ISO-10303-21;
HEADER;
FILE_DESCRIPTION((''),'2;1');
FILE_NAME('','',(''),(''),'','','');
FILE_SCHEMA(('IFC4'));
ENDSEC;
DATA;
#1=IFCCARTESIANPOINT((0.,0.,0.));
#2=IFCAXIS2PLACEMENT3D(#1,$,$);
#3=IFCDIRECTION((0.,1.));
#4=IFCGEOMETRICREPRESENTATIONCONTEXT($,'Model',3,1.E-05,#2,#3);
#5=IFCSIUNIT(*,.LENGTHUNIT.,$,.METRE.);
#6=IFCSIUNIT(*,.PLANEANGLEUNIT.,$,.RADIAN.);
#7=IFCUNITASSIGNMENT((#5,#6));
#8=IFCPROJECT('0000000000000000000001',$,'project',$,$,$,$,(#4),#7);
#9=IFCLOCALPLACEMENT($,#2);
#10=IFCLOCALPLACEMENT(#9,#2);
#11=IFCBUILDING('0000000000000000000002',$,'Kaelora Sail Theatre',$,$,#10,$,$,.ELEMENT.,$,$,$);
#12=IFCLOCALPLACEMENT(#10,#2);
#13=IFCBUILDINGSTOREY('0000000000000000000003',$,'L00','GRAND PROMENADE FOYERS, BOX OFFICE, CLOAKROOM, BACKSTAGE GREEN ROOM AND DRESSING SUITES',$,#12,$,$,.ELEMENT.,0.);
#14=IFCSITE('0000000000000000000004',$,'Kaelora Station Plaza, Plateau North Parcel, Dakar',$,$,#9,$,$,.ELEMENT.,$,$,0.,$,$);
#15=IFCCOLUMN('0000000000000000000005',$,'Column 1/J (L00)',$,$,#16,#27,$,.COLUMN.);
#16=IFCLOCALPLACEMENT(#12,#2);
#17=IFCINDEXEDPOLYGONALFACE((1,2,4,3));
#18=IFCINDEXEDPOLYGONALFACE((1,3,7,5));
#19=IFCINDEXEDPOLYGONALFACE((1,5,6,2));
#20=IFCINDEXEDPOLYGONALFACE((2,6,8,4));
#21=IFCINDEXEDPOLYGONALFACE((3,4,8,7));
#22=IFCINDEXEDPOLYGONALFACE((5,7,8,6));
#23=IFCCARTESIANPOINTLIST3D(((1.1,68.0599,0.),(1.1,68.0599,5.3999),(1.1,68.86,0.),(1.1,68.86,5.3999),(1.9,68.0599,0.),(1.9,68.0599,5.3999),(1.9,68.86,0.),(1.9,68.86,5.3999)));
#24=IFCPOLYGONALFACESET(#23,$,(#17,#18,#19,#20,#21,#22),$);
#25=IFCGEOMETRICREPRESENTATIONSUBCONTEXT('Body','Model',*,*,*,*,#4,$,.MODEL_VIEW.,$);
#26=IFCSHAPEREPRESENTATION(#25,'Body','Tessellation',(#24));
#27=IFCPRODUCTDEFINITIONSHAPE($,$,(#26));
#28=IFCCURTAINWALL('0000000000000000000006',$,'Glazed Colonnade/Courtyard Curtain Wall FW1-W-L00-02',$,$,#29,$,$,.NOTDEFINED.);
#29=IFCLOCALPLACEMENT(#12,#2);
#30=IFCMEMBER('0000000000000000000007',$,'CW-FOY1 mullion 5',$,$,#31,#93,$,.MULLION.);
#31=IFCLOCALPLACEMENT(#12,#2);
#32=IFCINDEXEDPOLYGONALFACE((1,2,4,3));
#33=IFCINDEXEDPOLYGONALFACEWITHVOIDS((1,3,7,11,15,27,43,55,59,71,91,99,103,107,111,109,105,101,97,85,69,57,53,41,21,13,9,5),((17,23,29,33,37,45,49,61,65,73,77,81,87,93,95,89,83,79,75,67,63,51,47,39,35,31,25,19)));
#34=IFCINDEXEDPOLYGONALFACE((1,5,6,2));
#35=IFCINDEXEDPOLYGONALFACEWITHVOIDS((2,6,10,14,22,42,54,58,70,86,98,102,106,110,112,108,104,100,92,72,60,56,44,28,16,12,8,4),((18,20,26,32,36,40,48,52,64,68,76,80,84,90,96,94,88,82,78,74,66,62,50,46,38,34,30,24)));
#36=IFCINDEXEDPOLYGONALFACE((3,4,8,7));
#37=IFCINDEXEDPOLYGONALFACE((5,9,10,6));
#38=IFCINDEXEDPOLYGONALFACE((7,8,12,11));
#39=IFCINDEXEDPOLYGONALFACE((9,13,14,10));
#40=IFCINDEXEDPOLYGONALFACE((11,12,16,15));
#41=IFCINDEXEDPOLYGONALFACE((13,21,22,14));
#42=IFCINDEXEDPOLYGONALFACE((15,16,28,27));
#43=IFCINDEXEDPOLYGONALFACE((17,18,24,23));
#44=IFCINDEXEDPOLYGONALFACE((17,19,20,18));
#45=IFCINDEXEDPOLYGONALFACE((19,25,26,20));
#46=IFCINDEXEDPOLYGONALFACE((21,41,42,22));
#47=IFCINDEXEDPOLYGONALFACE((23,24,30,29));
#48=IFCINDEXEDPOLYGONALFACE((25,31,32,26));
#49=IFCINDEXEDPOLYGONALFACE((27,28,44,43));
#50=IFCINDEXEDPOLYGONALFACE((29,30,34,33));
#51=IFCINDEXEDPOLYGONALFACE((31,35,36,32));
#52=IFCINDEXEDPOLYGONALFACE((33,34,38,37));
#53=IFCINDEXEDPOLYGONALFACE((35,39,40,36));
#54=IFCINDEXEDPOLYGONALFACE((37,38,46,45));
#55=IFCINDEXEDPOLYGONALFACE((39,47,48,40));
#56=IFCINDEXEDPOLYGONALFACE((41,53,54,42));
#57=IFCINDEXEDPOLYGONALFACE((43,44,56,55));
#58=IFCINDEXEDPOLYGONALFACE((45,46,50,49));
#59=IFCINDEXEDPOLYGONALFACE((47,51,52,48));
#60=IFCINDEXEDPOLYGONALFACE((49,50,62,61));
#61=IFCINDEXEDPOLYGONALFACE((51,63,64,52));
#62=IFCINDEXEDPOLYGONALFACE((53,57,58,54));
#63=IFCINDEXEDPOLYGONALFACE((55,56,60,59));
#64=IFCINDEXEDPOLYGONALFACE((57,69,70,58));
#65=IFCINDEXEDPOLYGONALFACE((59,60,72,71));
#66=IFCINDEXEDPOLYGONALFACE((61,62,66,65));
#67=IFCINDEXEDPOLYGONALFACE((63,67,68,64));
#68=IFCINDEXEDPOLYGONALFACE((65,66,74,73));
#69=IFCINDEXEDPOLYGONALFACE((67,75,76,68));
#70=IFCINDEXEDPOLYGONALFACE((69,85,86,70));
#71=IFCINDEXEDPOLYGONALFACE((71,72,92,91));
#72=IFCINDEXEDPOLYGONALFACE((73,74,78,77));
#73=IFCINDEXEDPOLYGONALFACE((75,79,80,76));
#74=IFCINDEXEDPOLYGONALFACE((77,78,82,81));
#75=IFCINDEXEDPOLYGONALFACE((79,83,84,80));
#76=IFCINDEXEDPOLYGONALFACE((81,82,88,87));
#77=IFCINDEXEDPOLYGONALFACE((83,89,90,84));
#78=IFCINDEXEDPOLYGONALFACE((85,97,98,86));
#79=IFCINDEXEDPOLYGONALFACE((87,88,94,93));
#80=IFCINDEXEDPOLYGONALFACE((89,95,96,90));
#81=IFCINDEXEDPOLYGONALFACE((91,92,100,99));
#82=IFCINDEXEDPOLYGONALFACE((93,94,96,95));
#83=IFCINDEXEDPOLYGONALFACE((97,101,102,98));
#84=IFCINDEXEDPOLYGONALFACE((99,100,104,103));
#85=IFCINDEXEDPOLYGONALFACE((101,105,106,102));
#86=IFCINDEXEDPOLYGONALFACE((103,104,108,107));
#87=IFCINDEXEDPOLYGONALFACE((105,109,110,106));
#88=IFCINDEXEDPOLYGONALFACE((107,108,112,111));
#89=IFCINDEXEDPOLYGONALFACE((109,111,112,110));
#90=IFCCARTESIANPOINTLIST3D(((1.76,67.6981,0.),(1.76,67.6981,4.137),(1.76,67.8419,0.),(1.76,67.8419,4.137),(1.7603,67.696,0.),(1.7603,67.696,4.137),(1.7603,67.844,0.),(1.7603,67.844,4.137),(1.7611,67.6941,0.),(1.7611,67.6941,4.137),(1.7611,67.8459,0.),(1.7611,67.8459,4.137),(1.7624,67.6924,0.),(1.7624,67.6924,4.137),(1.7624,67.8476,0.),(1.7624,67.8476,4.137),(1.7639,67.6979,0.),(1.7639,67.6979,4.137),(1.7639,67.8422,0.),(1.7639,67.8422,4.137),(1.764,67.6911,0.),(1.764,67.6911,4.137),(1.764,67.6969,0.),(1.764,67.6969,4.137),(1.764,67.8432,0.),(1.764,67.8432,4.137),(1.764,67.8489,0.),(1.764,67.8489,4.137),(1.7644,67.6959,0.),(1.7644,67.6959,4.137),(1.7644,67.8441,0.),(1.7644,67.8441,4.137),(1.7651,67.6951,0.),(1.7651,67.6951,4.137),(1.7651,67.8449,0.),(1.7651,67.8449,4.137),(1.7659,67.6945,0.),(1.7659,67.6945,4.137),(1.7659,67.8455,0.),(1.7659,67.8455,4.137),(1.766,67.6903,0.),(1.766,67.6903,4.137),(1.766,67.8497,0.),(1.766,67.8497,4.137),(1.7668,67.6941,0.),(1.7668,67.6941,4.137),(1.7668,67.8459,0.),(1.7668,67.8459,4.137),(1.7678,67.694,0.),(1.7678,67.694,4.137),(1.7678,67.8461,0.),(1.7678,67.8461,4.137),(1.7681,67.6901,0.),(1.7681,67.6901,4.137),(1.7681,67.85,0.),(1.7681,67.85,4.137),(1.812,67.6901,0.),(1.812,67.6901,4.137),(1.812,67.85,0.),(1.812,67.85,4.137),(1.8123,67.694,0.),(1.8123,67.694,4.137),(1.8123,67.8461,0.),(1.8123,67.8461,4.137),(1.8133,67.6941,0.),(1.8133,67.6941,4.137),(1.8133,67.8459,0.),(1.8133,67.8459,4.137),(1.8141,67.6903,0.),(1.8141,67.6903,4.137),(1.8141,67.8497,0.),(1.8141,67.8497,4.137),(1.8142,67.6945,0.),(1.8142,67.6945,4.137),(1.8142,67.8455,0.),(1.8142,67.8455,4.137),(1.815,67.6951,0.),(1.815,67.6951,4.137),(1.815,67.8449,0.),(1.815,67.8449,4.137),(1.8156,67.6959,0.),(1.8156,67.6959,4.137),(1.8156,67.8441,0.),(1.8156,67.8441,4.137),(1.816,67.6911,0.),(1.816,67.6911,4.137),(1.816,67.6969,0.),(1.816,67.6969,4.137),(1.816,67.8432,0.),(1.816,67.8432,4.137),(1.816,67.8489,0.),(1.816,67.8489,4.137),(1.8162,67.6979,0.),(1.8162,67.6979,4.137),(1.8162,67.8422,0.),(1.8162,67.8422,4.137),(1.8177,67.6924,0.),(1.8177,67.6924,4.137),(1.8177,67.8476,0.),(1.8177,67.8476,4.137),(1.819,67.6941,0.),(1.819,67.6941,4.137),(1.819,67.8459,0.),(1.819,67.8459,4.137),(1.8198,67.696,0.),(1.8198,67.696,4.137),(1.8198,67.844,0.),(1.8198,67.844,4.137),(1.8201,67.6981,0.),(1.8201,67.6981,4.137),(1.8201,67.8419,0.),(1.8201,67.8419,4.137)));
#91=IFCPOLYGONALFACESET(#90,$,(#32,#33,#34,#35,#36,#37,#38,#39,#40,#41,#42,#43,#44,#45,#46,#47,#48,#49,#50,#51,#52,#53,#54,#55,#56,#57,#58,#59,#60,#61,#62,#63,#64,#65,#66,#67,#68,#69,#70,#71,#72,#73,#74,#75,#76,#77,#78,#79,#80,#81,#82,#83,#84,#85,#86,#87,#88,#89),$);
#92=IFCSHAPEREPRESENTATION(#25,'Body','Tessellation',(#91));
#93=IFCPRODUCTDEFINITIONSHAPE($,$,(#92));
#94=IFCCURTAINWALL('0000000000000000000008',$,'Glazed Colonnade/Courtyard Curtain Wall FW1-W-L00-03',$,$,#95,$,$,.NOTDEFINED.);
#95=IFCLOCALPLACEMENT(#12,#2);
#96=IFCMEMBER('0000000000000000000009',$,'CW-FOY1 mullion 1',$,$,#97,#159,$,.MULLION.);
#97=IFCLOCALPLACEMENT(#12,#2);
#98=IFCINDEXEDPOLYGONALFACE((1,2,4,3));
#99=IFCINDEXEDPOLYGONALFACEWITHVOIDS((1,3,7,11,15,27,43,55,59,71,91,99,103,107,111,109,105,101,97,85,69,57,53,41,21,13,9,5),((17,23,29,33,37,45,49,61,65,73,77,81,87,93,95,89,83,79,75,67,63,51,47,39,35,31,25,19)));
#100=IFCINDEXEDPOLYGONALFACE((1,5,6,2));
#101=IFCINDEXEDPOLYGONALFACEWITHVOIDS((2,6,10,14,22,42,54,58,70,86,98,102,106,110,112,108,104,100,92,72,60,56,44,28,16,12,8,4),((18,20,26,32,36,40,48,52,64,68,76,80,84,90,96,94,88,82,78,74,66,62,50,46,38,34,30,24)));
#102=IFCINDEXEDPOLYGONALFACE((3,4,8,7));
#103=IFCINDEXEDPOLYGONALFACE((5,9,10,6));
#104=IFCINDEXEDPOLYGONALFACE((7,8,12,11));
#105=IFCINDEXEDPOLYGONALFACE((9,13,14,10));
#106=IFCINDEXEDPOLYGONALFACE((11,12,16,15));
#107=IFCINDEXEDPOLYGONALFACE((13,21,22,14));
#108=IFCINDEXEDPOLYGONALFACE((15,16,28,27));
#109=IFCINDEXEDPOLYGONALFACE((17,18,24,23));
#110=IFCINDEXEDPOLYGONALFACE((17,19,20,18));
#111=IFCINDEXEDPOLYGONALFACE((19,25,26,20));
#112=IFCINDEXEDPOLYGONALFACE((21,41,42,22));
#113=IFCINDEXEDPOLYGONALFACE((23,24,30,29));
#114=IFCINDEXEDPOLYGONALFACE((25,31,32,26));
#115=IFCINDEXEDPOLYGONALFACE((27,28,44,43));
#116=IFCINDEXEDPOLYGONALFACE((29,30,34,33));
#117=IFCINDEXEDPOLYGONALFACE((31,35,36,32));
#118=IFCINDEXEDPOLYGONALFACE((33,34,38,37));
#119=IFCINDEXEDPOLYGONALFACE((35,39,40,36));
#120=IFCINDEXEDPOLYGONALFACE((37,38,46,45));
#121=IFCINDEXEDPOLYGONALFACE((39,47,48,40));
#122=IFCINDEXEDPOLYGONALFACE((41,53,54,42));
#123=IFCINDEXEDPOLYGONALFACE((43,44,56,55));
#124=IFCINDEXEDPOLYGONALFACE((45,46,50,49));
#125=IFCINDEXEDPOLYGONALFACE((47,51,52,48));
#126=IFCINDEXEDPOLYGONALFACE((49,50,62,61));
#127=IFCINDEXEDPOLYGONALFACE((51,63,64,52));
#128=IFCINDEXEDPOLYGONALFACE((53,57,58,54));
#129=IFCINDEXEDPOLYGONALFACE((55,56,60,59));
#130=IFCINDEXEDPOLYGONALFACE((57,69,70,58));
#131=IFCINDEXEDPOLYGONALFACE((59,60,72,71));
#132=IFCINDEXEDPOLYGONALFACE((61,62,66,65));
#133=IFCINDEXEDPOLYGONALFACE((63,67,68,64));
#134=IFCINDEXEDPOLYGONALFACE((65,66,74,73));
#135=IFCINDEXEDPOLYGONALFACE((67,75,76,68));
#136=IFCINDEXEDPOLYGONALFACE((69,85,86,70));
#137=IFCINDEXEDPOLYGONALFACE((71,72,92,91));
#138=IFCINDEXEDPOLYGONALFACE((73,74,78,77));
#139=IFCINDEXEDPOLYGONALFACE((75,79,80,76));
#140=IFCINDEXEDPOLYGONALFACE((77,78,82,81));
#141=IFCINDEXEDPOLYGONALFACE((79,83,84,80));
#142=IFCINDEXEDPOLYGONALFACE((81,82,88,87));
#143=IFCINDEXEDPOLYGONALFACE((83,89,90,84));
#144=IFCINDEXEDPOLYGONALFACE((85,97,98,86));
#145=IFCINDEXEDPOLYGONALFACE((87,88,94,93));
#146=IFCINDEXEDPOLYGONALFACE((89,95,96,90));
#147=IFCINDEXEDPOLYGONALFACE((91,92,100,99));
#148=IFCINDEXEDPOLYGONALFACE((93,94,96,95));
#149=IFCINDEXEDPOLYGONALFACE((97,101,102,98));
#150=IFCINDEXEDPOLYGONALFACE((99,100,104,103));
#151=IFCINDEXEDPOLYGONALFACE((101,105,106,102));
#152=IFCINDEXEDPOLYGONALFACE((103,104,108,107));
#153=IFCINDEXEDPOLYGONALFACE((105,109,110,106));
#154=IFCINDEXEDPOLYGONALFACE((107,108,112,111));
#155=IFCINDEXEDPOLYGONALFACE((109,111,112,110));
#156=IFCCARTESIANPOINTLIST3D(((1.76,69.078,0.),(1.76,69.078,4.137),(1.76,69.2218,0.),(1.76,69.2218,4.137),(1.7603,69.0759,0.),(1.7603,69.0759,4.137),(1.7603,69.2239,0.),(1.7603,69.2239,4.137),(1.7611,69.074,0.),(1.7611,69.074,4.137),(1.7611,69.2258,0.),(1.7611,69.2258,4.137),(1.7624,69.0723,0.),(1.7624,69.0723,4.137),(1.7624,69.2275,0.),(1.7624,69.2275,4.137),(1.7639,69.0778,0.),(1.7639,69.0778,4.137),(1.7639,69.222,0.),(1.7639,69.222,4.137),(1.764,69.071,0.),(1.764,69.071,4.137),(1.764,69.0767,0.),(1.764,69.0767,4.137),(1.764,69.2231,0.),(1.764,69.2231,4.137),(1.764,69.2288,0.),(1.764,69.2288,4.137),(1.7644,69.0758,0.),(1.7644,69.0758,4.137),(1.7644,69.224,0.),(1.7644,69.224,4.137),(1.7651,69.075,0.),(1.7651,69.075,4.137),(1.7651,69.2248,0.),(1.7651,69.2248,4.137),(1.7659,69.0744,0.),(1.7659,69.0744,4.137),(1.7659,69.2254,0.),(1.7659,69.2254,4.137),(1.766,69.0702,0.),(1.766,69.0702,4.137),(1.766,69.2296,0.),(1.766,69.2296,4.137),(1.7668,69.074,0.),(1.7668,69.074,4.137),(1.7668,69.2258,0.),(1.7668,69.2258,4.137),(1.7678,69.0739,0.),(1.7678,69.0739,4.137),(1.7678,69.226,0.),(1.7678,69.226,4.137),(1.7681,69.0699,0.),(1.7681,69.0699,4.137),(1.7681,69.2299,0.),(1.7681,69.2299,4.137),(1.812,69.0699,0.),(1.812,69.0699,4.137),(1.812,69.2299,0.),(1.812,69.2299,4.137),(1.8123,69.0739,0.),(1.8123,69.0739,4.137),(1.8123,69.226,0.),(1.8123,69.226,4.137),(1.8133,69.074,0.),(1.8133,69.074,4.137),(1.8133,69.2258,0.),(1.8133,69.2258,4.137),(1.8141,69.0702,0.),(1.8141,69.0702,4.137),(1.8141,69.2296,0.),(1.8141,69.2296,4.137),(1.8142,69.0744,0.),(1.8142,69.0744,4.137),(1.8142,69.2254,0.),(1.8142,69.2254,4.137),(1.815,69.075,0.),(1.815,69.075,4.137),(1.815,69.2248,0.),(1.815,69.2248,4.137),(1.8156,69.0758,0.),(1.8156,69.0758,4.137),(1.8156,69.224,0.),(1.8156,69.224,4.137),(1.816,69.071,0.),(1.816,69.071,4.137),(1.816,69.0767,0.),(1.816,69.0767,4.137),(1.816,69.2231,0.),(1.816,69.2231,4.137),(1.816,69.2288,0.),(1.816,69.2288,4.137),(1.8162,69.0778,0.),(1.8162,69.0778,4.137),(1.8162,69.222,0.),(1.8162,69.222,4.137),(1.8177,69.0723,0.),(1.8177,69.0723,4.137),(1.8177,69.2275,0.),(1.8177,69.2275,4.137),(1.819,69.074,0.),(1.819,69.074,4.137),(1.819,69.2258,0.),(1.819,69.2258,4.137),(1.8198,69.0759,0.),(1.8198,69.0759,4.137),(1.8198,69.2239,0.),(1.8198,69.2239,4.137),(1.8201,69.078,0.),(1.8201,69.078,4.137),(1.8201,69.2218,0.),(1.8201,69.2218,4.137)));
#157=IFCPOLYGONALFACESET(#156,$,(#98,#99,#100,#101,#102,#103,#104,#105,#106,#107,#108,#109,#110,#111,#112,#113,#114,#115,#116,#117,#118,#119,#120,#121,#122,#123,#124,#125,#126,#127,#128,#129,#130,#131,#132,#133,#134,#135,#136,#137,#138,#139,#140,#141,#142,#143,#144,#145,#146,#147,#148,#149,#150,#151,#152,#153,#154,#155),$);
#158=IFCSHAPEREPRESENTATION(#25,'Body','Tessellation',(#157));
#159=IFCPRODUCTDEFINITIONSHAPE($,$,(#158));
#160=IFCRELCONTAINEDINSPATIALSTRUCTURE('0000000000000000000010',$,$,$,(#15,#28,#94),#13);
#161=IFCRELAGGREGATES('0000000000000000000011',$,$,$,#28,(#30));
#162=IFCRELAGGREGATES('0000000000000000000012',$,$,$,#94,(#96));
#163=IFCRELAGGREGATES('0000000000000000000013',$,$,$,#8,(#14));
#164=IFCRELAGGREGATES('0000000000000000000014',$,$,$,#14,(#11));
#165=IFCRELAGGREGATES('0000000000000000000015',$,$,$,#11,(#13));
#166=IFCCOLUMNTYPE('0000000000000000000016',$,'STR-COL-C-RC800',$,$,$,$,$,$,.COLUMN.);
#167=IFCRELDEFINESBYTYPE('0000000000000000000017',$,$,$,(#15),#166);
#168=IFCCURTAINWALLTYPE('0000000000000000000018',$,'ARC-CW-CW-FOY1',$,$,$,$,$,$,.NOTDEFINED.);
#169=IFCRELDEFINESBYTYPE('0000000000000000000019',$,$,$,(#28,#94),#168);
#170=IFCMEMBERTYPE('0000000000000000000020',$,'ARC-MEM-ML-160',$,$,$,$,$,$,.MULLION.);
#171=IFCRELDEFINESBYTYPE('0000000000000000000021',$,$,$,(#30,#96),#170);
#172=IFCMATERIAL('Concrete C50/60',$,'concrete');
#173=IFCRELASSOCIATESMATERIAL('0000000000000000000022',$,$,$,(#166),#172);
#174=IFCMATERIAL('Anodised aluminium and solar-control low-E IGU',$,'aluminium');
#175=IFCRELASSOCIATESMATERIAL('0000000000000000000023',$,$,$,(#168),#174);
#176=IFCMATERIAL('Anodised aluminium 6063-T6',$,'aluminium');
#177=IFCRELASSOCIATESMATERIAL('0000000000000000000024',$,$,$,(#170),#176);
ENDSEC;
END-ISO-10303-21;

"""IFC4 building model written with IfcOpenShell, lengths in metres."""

from ifc_helpers import new_model, si_unit, direction, frame, origin, origin_2d, place, context, subcontext, project, spatial, rectangle, hollow_rectangle, extrude, material, material_profile, profile_set, type_object, element, aggregate, save


model = new_model("IFC4")

# Units and contexts
model_context = context("Model", 3, precision=1e-05, world=origin(), true_north=direction((0.0, 1.0)))
body_context = subcontext(model_context, "Body", "Model", "MODEL_VIEW")
ifc_project = project(units=[si_unit("LENGTHUNIT", "METRE"), si_unit("PLANEANGLEUNIT", "RADIAN")], contexts=[model_context])

# Site, building, storey
site_placement = place(None, origin())
site = spatial("IfcSite", under=ifc_project, at=site_placement, Name="Kaelora Station Plaza, Plateau North Parcel, Dakar", CompositionType="ELEMENT", RefElevation=0.0)
building_placement = place(site_placement, origin())
building = spatial("IfcBuilding", under=site, at=building_placement, Name="Kaelora Sail Theatre", CompositionType="ELEMENT")
storey_placement = place(building_placement, origin())
storey = spatial("IfcBuildingStorey", under=building, at=storey_placement, Name="L00", Description="GRAND PROMENADE FOYERS, BOX OFFICE, CLOAKROOM, BACKSTAGE GREEN ROOM AND DRESSING SUITES", CompositionType="ELEMENT", Elevation=0.0)

# Column
ifc_material_1 = material(Name="Concrete C50/60", Category="concrete")
ifc_material_profile_1 = material_profile(ifc_material_1, rectangle(XDim=0.8, YDim=0.8, at=origin_2d()), Name="RC-COL 800x800")
ifc_profile_set_1 = profile_set([ifc_material_profile_1], Name="Concrete C50/60")
column_type = type_object("IfcColumnType", Name="STR-COL-C-RC800", PredefinedType="COLUMN", material=ifc_profile_set_1)
column_placement = place(storey_placement, frame((1.5, 68.46, 0.0), z_axis=(0.0, 0.0, 1.0), x_axis=(1.0, 0.0, 0.0)))
element("IfcColumn", 1, at=column_placement, inside=storey, type_object=column_type, Name="Column 1/J (L00)", PredefinedType="COLUMN", context=body_context, shape_type="SweptSolid", body=[
    extrude(rectangle(XDim=0.8, YDim=0.8, at=origin_2d()), origin(), (0.0, 0.0, 1.0), 5.3999),
])

# Curtain wall, member
ifc_material_2 = material(Name="Anodised aluminium and solar-control low-E IGU", Category="aluminium")
curtain_wall_type = type_object("IfcCurtainWallType", Name="ARC-CW-CW-FOY1", PredefinedType="NOTDEFINED", material=ifc_material_2)
curtain_wall_1_placement = place(storey_placement, origin())
curtain_wall_1 = element("IfcCurtainWall", 2, at=curtain_wall_1_placement, inside=storey, type_object=curtain_wall_type, Name="Glazed Colonnade/Courtyard Curtain Wall FW1-W-L00-02", PredefinedType="NOTDEFINED")
ifc_material_3 = material(Name="Anodised aluminium 6063-T6", Category="aluminium")
ifc_material_profile_2 = material_profile(ifc_material_3, hollow_rectangle(XDim=0.0601, YDim=0.1599, WallThickness=0.0039, InnerFilletRadius=0.0039, OuterFilletRadius=0.0081, at=origin_2d()), Name="ALU-MULL 60x160x4")
ifc_profile_set_2 = profile_set([ifc_material_profile_2], Name="Anodised aluminium 6063-T6")
member_type_1 = type_object("IfcMemberType", Name="ARC-MEM-ML-160", PredefinedType="MULLION", material=ifc_profile_set_2)
member_1_placement = place(storey_placement, frame((1.79, 67.77, 0.0), z_axis=(0.0, 0.0, 1.0), x_axis=(-1.0, 0.0, 0.0)))
member_1 = element("IfcMember", 3, at=member_1_placement, type_object=member_type_1, Name="CW-FOY1 mullion 5", PredefinedType="MULLION", context=body_context, shape_type="SweptSolid", body=[
    extrude(hollow_rectangle(XDim=0.0601, YDim=0.1599, WallThickness=0.0039, InnerFilletRadius=0.0039, OuterFilletRadius=0.0081, at=origin_2d()), origin(), (0.0, 0.0, 1.0), 4.137),
])

# Curtain wall, member
curtain_wall_2_placement = place(storey_placement, origin())
curtain_wall_2 = element("IfcCurtainWall", 4, at=curtain_wall_2_placement, inside=storey, type_object=curtain_wall_type, Name="Glazed Colonnade/Courtyard Curtain Wall FW1-W-L00-03", PredefinedType="NOTDEFINED")
member_2_placement = place(storey_placement, frame((1.79, 69.1499, 0.0), z_axis=(0.0, 0.0, 1.0), x_axis=(-1.0, 0.0, 0.0)))
member_2 = element("IfcMember", 5, at=member_2_placement, type_object=member_type_1, Name="CW-FOY1 mullion 1", PredefinedType="MULLION", context=body_context, shape_type="SweptSolid", body=[
    extrude(hollow_rectangle(XDim=0.0601, YDim=0.1599, WallThickness=0.0039, InnerFilletRadius=0.0039, OuterFilletRadius=0.0081, at=origin_2d()), origin(), (0.0, 0.0, 1.0), 4.137),
])

aggregate(curtain_wall_1, [member_1])
aggregate(curtain_wall_2, [member_2])

save(model, "model.ifc")
